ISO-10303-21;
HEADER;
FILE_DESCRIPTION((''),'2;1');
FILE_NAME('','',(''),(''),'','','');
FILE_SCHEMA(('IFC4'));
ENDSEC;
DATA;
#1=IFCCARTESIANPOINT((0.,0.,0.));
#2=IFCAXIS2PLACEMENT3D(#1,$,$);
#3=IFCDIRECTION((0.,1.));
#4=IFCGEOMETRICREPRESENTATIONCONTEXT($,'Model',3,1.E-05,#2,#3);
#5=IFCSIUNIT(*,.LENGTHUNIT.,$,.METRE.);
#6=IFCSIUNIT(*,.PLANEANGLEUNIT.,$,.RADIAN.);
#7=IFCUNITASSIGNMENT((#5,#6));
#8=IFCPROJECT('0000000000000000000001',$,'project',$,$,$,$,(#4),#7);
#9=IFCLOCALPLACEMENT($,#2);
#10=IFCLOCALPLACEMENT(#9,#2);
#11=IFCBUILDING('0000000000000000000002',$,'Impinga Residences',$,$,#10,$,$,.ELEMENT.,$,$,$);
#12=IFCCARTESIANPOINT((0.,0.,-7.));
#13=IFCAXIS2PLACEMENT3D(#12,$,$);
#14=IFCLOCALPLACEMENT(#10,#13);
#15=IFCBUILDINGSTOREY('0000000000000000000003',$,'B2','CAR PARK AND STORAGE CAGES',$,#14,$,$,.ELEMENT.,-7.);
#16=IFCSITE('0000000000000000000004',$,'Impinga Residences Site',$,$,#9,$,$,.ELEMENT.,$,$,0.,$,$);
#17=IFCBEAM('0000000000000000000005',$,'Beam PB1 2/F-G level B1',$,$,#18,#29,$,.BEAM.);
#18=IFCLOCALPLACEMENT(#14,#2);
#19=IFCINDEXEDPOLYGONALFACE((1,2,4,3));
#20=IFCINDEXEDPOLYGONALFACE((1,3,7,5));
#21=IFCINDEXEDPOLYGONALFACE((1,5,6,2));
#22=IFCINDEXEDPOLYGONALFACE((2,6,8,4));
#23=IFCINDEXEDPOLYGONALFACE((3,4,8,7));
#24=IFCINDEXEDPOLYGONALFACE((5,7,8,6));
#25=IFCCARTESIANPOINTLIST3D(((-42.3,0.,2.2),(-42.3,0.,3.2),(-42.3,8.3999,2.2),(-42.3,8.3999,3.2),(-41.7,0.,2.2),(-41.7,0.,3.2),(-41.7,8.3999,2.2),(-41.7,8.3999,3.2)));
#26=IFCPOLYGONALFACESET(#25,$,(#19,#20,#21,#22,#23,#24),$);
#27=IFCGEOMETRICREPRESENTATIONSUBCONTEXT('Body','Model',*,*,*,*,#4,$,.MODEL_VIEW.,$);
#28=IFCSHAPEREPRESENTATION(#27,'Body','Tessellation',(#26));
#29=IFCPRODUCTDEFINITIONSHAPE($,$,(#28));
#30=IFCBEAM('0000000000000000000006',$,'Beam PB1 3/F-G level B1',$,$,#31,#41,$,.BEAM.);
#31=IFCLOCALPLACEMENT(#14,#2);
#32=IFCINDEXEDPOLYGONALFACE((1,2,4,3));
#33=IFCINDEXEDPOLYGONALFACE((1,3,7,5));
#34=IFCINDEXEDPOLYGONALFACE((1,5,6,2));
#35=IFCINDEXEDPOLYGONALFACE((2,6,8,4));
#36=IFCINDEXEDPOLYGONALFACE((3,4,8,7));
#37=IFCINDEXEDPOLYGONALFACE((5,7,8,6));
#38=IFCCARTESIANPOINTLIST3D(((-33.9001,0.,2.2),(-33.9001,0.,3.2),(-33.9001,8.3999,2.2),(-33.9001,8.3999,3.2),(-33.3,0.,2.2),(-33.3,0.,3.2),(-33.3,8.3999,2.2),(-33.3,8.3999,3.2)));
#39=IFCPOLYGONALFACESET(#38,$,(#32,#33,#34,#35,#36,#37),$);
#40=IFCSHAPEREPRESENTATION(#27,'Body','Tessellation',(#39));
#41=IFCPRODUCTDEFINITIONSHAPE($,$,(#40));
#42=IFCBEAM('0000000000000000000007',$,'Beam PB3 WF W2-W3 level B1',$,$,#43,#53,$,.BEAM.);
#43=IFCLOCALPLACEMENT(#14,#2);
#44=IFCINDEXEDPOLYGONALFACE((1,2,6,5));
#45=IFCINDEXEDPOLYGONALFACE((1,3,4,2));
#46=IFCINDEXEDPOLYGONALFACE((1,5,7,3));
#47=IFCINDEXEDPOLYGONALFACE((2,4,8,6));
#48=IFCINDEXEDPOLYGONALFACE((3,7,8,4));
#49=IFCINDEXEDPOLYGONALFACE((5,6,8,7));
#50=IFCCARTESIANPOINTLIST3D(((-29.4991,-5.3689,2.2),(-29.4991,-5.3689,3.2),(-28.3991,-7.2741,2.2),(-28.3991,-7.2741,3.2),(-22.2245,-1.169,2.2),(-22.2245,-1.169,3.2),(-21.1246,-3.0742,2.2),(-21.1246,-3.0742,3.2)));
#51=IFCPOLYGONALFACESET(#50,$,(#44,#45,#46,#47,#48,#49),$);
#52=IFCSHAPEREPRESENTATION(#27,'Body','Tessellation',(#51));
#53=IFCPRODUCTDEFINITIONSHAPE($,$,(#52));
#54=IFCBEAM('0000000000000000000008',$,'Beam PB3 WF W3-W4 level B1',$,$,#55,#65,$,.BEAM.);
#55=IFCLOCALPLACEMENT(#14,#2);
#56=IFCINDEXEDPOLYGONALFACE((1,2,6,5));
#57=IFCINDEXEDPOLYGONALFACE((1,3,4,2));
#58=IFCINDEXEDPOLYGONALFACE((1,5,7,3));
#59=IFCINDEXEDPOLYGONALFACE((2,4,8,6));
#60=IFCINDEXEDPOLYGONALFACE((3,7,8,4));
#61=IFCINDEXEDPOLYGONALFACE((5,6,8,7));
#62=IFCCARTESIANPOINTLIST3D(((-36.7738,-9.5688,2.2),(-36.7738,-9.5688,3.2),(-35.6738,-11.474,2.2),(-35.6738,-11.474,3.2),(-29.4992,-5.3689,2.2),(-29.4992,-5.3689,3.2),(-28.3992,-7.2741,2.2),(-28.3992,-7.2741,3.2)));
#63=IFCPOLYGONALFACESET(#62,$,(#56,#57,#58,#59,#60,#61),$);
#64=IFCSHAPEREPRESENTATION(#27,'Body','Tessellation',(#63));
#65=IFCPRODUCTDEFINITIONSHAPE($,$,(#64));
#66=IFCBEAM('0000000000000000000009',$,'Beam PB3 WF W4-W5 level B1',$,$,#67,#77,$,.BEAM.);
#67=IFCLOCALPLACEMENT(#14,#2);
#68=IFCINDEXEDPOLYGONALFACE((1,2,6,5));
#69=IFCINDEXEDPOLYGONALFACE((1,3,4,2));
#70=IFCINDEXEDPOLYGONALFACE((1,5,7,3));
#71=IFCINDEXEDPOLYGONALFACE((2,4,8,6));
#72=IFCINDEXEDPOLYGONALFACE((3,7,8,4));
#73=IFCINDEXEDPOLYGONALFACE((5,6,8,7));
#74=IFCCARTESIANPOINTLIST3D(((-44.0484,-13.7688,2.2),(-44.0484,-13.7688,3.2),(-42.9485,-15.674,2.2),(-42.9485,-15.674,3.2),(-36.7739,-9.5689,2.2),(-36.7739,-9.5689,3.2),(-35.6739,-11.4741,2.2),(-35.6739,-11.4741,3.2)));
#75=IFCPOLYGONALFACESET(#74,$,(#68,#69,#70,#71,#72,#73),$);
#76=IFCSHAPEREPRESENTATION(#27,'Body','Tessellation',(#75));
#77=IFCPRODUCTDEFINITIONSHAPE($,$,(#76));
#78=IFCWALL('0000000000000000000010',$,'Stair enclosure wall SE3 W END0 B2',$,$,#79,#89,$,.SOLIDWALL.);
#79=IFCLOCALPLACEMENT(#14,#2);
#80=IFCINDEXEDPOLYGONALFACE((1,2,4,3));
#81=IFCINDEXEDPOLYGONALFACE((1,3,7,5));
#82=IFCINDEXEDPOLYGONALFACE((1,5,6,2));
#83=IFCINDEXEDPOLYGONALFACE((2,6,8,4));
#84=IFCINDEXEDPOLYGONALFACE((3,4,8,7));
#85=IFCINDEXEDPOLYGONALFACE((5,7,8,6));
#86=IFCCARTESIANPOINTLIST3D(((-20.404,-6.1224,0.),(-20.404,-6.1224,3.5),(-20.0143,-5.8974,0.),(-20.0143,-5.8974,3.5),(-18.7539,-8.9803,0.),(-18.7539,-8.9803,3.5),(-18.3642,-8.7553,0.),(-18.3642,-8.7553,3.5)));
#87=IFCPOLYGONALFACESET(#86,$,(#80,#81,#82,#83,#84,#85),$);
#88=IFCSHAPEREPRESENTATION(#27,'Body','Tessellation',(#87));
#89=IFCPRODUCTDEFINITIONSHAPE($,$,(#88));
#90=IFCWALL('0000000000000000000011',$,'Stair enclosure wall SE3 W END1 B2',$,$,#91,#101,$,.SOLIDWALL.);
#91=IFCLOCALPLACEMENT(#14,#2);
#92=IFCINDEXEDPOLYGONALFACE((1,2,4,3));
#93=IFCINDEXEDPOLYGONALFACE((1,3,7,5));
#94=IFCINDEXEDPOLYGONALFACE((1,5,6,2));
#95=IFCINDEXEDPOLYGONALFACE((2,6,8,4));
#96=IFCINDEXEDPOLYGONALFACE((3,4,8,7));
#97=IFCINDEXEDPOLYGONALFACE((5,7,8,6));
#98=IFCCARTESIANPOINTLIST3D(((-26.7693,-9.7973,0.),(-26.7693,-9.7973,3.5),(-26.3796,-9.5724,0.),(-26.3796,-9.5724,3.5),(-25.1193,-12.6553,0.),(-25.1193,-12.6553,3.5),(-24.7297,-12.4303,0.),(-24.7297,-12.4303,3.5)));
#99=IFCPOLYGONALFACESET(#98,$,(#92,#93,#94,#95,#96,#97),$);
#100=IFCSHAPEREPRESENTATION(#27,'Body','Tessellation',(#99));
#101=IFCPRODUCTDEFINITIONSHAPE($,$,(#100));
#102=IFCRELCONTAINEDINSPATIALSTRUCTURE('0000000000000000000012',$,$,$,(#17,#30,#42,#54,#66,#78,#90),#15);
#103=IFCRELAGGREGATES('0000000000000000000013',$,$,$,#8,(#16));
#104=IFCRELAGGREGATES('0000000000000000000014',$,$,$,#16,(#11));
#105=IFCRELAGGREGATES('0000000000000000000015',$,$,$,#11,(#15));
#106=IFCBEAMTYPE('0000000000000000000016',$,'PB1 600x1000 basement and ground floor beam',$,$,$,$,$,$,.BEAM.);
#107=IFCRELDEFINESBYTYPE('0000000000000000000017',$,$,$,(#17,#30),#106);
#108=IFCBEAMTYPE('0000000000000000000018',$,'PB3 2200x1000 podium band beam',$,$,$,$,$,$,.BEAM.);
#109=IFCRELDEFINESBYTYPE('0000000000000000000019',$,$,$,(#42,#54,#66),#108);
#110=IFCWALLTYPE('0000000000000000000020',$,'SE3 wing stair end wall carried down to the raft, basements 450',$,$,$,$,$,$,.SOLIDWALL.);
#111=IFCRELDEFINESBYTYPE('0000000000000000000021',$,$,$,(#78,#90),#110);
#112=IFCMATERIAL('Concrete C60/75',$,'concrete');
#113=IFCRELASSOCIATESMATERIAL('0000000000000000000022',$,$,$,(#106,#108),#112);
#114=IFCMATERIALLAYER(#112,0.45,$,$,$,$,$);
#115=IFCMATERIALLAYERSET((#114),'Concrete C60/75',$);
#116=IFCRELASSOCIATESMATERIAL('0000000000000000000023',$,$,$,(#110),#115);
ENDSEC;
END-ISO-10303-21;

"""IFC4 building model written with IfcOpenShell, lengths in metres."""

from ifc_helpers import new_model, si_unit, direction, frame, frame_2d, origin, origin_2d, place, context, subcontext, project, spatial, rectangle, extrude, material, layer, layer_set, material_profile, profile_set, type_object, element, save


model = new_model("IFC4")

# Units and contexts
model_context = context("Model", 3, precision=1e-05, world=origin(), true_north=direction((0.0, 1.0)))
body_context = subcontext(model_context, "Body", "Model", "MODEL_VIEW")
ifc_project = project(units=[si_unit("LENGTHUNIT", "METRE"), si_unit("PLANEANGLEUNIT", "RADIAN")], contexts=[model_context])

# Site, building, storey
site_placement = place(None, origin())
site = spatial("IfcSite", under=ifc_project, at=site_placement, Name="Impinga Residences Site", CompositionType="ELEMENT", RefElevation=0.0)
building_placement = place(site_placement, origin())
building = spatial("IfcBuilding", under=site, at=building_placement, Name="Impinga Residences", CompositionType="ELEMENT")
storey_placement = place(building_placement, frame((0.0, 0.0, -7.0)))
storey = spatial("IfcBuildingStorey", under=building, at=storey_placement, Name="B2", Description="CAR PARK AND STORAGE CAGES", CompositionType="ELEMENT", Elevation=-7.0)

# Beams
ifc_material_1 = material(Name="Concrete C60/75", Category="concrete")
ifc_material_profile_1 = material_profile(ifc_material_1, rectangle(XDim=0.6001, YDim=1.0, at=origin_2d()), Name="RC 600x1000")
ifc_profile_set_1 = profile_set([ifc_material_profile_1], Name="Concrete C60/75")
beam_type_1 = type_object("IfcBeamType", Name="PB1 600x1000 basement and ground floor beam", PredefinedType="BEAM", material=ifc_profile_set_1)
for number, where, z_axis, x_axis, name in (
    (1, (-42.0, 0.0, 2.7), (0.0, 1.0, 0.0), (-1.0, 0.0, 0.0), "Beam PB1 2/F-G level B1"),
    (2, (-33.6001, 0.0, 2.7), (0.0, 1.0, 0.0), (-1.0, 0.0, 0.0), "Beam PB1 3/F-G level B1"),
):
    element("IfcBeam", number, at=place(storey_placement, frame(where, z_axis=z_axis, x_axis=x_axis)), inside=storey, type_object=beam_type_1, Name=name, PredefinedType="BEAM", context=body_context, shape_type="SweptSolid", body=[
        extrude(rectangle(XDim=0.6001, YDim=1.0, at=origin_2d()), origin(), (0.0, 0.0, 1.0), 8.3999),
    ])
ifc_material_profile_2 = material_profile(ifc_material_1, rectangle(XDim=2.2, YDim=1.0, at=origin_2d()), Name="RC 2200x1000")
ifc_profile_set_2 = profile_set([ifc_material_profile_2], Name="Concrete C60/75")
beam_type_2 = type_object("IfcBeamType", Name="PB3 2200x1000 podium band beam", PredefinedType="BEAM", material=ifc_profile_set_2)
for number, where, z_axis, x_axis, name in (
    (3, (-21.6746, -2.1216, 2.7), (-0.866029, -0.499993, 0.0), (0.499993, -0.866029, 0.0), "Beam PB3 WF W2-W3 level B1"),
    (4, (-28.9492, -6.3215, 2.7), (-0.866029, -0.499993, 0.0), (0.499993, -0.866029, 0.0), "Beam PB3 WF W3-W4 level B1"),
    (5, (-36.2239, -10.5215, 2.7), (-0.866029, -0.499993, 0.0), (0.499993, -0.866029, 0.0), "Beam PB3 WF W4-W5 level B1"),
):
    element("IfcBeam", number, at=place(storey_placement, frame(where, z_axis=z_axis, x_axis=x_axis)), inside=storey, type_object=beam_type_2, Name=name, PredefinedType="BEAM", context=body_context, shape_type="SweptSolid", body=[
        extrude(rectangle(XDim=2.2, YDim=1.0, at=origin_2d()), origin(), (0.0, 0.0, 1.0), 8.3999),
    ])

# Walls
ifc_layer = layer(ifc_material_1, 0.45)
ifc_layer_set = layer_set([ifc_layer], Name="Concrete C60/75")
wall_type = type_object("IfcWallType", Name="SE3 wing stair end wall carried down to the raft, basements 450", PredefinedType="SOLIDWALL", material=ifc_layer_set)
for number, where, z_axis, x_axis, name in (
    (6, (-18.5591, -8.8677, 0.0), (0.0, 0.0, 1.0), (-0.50003, 0.866008, 0.0), "Stair enclosure wall SE3 W END0 B2"),
    (7, (-24.9246, -12.5427, 0.0), (0.0, 0.0, 1.0), (-0.499974, 0.86604, 0.0), "Stair enclosure wall SE3 W END1 B2"),
):
    element("IfcWall", number, at=place(storey_placement, frame(where, z_axis=z_axis, x_axis=x_axis)), inside=storey, type_object=wall_type, Name=name, PredefinedType="SOLIDWALL", context=body_context, shape_type="SweptSolid", body=[
        extrude(rectangle(XDim=3.3, YDim=0.45, at=frame_2d((1.6499, 0.0))), origin(), (0.0, 0.0, 1.0), 3.5),
    ])

save(model, "model.ifc")
